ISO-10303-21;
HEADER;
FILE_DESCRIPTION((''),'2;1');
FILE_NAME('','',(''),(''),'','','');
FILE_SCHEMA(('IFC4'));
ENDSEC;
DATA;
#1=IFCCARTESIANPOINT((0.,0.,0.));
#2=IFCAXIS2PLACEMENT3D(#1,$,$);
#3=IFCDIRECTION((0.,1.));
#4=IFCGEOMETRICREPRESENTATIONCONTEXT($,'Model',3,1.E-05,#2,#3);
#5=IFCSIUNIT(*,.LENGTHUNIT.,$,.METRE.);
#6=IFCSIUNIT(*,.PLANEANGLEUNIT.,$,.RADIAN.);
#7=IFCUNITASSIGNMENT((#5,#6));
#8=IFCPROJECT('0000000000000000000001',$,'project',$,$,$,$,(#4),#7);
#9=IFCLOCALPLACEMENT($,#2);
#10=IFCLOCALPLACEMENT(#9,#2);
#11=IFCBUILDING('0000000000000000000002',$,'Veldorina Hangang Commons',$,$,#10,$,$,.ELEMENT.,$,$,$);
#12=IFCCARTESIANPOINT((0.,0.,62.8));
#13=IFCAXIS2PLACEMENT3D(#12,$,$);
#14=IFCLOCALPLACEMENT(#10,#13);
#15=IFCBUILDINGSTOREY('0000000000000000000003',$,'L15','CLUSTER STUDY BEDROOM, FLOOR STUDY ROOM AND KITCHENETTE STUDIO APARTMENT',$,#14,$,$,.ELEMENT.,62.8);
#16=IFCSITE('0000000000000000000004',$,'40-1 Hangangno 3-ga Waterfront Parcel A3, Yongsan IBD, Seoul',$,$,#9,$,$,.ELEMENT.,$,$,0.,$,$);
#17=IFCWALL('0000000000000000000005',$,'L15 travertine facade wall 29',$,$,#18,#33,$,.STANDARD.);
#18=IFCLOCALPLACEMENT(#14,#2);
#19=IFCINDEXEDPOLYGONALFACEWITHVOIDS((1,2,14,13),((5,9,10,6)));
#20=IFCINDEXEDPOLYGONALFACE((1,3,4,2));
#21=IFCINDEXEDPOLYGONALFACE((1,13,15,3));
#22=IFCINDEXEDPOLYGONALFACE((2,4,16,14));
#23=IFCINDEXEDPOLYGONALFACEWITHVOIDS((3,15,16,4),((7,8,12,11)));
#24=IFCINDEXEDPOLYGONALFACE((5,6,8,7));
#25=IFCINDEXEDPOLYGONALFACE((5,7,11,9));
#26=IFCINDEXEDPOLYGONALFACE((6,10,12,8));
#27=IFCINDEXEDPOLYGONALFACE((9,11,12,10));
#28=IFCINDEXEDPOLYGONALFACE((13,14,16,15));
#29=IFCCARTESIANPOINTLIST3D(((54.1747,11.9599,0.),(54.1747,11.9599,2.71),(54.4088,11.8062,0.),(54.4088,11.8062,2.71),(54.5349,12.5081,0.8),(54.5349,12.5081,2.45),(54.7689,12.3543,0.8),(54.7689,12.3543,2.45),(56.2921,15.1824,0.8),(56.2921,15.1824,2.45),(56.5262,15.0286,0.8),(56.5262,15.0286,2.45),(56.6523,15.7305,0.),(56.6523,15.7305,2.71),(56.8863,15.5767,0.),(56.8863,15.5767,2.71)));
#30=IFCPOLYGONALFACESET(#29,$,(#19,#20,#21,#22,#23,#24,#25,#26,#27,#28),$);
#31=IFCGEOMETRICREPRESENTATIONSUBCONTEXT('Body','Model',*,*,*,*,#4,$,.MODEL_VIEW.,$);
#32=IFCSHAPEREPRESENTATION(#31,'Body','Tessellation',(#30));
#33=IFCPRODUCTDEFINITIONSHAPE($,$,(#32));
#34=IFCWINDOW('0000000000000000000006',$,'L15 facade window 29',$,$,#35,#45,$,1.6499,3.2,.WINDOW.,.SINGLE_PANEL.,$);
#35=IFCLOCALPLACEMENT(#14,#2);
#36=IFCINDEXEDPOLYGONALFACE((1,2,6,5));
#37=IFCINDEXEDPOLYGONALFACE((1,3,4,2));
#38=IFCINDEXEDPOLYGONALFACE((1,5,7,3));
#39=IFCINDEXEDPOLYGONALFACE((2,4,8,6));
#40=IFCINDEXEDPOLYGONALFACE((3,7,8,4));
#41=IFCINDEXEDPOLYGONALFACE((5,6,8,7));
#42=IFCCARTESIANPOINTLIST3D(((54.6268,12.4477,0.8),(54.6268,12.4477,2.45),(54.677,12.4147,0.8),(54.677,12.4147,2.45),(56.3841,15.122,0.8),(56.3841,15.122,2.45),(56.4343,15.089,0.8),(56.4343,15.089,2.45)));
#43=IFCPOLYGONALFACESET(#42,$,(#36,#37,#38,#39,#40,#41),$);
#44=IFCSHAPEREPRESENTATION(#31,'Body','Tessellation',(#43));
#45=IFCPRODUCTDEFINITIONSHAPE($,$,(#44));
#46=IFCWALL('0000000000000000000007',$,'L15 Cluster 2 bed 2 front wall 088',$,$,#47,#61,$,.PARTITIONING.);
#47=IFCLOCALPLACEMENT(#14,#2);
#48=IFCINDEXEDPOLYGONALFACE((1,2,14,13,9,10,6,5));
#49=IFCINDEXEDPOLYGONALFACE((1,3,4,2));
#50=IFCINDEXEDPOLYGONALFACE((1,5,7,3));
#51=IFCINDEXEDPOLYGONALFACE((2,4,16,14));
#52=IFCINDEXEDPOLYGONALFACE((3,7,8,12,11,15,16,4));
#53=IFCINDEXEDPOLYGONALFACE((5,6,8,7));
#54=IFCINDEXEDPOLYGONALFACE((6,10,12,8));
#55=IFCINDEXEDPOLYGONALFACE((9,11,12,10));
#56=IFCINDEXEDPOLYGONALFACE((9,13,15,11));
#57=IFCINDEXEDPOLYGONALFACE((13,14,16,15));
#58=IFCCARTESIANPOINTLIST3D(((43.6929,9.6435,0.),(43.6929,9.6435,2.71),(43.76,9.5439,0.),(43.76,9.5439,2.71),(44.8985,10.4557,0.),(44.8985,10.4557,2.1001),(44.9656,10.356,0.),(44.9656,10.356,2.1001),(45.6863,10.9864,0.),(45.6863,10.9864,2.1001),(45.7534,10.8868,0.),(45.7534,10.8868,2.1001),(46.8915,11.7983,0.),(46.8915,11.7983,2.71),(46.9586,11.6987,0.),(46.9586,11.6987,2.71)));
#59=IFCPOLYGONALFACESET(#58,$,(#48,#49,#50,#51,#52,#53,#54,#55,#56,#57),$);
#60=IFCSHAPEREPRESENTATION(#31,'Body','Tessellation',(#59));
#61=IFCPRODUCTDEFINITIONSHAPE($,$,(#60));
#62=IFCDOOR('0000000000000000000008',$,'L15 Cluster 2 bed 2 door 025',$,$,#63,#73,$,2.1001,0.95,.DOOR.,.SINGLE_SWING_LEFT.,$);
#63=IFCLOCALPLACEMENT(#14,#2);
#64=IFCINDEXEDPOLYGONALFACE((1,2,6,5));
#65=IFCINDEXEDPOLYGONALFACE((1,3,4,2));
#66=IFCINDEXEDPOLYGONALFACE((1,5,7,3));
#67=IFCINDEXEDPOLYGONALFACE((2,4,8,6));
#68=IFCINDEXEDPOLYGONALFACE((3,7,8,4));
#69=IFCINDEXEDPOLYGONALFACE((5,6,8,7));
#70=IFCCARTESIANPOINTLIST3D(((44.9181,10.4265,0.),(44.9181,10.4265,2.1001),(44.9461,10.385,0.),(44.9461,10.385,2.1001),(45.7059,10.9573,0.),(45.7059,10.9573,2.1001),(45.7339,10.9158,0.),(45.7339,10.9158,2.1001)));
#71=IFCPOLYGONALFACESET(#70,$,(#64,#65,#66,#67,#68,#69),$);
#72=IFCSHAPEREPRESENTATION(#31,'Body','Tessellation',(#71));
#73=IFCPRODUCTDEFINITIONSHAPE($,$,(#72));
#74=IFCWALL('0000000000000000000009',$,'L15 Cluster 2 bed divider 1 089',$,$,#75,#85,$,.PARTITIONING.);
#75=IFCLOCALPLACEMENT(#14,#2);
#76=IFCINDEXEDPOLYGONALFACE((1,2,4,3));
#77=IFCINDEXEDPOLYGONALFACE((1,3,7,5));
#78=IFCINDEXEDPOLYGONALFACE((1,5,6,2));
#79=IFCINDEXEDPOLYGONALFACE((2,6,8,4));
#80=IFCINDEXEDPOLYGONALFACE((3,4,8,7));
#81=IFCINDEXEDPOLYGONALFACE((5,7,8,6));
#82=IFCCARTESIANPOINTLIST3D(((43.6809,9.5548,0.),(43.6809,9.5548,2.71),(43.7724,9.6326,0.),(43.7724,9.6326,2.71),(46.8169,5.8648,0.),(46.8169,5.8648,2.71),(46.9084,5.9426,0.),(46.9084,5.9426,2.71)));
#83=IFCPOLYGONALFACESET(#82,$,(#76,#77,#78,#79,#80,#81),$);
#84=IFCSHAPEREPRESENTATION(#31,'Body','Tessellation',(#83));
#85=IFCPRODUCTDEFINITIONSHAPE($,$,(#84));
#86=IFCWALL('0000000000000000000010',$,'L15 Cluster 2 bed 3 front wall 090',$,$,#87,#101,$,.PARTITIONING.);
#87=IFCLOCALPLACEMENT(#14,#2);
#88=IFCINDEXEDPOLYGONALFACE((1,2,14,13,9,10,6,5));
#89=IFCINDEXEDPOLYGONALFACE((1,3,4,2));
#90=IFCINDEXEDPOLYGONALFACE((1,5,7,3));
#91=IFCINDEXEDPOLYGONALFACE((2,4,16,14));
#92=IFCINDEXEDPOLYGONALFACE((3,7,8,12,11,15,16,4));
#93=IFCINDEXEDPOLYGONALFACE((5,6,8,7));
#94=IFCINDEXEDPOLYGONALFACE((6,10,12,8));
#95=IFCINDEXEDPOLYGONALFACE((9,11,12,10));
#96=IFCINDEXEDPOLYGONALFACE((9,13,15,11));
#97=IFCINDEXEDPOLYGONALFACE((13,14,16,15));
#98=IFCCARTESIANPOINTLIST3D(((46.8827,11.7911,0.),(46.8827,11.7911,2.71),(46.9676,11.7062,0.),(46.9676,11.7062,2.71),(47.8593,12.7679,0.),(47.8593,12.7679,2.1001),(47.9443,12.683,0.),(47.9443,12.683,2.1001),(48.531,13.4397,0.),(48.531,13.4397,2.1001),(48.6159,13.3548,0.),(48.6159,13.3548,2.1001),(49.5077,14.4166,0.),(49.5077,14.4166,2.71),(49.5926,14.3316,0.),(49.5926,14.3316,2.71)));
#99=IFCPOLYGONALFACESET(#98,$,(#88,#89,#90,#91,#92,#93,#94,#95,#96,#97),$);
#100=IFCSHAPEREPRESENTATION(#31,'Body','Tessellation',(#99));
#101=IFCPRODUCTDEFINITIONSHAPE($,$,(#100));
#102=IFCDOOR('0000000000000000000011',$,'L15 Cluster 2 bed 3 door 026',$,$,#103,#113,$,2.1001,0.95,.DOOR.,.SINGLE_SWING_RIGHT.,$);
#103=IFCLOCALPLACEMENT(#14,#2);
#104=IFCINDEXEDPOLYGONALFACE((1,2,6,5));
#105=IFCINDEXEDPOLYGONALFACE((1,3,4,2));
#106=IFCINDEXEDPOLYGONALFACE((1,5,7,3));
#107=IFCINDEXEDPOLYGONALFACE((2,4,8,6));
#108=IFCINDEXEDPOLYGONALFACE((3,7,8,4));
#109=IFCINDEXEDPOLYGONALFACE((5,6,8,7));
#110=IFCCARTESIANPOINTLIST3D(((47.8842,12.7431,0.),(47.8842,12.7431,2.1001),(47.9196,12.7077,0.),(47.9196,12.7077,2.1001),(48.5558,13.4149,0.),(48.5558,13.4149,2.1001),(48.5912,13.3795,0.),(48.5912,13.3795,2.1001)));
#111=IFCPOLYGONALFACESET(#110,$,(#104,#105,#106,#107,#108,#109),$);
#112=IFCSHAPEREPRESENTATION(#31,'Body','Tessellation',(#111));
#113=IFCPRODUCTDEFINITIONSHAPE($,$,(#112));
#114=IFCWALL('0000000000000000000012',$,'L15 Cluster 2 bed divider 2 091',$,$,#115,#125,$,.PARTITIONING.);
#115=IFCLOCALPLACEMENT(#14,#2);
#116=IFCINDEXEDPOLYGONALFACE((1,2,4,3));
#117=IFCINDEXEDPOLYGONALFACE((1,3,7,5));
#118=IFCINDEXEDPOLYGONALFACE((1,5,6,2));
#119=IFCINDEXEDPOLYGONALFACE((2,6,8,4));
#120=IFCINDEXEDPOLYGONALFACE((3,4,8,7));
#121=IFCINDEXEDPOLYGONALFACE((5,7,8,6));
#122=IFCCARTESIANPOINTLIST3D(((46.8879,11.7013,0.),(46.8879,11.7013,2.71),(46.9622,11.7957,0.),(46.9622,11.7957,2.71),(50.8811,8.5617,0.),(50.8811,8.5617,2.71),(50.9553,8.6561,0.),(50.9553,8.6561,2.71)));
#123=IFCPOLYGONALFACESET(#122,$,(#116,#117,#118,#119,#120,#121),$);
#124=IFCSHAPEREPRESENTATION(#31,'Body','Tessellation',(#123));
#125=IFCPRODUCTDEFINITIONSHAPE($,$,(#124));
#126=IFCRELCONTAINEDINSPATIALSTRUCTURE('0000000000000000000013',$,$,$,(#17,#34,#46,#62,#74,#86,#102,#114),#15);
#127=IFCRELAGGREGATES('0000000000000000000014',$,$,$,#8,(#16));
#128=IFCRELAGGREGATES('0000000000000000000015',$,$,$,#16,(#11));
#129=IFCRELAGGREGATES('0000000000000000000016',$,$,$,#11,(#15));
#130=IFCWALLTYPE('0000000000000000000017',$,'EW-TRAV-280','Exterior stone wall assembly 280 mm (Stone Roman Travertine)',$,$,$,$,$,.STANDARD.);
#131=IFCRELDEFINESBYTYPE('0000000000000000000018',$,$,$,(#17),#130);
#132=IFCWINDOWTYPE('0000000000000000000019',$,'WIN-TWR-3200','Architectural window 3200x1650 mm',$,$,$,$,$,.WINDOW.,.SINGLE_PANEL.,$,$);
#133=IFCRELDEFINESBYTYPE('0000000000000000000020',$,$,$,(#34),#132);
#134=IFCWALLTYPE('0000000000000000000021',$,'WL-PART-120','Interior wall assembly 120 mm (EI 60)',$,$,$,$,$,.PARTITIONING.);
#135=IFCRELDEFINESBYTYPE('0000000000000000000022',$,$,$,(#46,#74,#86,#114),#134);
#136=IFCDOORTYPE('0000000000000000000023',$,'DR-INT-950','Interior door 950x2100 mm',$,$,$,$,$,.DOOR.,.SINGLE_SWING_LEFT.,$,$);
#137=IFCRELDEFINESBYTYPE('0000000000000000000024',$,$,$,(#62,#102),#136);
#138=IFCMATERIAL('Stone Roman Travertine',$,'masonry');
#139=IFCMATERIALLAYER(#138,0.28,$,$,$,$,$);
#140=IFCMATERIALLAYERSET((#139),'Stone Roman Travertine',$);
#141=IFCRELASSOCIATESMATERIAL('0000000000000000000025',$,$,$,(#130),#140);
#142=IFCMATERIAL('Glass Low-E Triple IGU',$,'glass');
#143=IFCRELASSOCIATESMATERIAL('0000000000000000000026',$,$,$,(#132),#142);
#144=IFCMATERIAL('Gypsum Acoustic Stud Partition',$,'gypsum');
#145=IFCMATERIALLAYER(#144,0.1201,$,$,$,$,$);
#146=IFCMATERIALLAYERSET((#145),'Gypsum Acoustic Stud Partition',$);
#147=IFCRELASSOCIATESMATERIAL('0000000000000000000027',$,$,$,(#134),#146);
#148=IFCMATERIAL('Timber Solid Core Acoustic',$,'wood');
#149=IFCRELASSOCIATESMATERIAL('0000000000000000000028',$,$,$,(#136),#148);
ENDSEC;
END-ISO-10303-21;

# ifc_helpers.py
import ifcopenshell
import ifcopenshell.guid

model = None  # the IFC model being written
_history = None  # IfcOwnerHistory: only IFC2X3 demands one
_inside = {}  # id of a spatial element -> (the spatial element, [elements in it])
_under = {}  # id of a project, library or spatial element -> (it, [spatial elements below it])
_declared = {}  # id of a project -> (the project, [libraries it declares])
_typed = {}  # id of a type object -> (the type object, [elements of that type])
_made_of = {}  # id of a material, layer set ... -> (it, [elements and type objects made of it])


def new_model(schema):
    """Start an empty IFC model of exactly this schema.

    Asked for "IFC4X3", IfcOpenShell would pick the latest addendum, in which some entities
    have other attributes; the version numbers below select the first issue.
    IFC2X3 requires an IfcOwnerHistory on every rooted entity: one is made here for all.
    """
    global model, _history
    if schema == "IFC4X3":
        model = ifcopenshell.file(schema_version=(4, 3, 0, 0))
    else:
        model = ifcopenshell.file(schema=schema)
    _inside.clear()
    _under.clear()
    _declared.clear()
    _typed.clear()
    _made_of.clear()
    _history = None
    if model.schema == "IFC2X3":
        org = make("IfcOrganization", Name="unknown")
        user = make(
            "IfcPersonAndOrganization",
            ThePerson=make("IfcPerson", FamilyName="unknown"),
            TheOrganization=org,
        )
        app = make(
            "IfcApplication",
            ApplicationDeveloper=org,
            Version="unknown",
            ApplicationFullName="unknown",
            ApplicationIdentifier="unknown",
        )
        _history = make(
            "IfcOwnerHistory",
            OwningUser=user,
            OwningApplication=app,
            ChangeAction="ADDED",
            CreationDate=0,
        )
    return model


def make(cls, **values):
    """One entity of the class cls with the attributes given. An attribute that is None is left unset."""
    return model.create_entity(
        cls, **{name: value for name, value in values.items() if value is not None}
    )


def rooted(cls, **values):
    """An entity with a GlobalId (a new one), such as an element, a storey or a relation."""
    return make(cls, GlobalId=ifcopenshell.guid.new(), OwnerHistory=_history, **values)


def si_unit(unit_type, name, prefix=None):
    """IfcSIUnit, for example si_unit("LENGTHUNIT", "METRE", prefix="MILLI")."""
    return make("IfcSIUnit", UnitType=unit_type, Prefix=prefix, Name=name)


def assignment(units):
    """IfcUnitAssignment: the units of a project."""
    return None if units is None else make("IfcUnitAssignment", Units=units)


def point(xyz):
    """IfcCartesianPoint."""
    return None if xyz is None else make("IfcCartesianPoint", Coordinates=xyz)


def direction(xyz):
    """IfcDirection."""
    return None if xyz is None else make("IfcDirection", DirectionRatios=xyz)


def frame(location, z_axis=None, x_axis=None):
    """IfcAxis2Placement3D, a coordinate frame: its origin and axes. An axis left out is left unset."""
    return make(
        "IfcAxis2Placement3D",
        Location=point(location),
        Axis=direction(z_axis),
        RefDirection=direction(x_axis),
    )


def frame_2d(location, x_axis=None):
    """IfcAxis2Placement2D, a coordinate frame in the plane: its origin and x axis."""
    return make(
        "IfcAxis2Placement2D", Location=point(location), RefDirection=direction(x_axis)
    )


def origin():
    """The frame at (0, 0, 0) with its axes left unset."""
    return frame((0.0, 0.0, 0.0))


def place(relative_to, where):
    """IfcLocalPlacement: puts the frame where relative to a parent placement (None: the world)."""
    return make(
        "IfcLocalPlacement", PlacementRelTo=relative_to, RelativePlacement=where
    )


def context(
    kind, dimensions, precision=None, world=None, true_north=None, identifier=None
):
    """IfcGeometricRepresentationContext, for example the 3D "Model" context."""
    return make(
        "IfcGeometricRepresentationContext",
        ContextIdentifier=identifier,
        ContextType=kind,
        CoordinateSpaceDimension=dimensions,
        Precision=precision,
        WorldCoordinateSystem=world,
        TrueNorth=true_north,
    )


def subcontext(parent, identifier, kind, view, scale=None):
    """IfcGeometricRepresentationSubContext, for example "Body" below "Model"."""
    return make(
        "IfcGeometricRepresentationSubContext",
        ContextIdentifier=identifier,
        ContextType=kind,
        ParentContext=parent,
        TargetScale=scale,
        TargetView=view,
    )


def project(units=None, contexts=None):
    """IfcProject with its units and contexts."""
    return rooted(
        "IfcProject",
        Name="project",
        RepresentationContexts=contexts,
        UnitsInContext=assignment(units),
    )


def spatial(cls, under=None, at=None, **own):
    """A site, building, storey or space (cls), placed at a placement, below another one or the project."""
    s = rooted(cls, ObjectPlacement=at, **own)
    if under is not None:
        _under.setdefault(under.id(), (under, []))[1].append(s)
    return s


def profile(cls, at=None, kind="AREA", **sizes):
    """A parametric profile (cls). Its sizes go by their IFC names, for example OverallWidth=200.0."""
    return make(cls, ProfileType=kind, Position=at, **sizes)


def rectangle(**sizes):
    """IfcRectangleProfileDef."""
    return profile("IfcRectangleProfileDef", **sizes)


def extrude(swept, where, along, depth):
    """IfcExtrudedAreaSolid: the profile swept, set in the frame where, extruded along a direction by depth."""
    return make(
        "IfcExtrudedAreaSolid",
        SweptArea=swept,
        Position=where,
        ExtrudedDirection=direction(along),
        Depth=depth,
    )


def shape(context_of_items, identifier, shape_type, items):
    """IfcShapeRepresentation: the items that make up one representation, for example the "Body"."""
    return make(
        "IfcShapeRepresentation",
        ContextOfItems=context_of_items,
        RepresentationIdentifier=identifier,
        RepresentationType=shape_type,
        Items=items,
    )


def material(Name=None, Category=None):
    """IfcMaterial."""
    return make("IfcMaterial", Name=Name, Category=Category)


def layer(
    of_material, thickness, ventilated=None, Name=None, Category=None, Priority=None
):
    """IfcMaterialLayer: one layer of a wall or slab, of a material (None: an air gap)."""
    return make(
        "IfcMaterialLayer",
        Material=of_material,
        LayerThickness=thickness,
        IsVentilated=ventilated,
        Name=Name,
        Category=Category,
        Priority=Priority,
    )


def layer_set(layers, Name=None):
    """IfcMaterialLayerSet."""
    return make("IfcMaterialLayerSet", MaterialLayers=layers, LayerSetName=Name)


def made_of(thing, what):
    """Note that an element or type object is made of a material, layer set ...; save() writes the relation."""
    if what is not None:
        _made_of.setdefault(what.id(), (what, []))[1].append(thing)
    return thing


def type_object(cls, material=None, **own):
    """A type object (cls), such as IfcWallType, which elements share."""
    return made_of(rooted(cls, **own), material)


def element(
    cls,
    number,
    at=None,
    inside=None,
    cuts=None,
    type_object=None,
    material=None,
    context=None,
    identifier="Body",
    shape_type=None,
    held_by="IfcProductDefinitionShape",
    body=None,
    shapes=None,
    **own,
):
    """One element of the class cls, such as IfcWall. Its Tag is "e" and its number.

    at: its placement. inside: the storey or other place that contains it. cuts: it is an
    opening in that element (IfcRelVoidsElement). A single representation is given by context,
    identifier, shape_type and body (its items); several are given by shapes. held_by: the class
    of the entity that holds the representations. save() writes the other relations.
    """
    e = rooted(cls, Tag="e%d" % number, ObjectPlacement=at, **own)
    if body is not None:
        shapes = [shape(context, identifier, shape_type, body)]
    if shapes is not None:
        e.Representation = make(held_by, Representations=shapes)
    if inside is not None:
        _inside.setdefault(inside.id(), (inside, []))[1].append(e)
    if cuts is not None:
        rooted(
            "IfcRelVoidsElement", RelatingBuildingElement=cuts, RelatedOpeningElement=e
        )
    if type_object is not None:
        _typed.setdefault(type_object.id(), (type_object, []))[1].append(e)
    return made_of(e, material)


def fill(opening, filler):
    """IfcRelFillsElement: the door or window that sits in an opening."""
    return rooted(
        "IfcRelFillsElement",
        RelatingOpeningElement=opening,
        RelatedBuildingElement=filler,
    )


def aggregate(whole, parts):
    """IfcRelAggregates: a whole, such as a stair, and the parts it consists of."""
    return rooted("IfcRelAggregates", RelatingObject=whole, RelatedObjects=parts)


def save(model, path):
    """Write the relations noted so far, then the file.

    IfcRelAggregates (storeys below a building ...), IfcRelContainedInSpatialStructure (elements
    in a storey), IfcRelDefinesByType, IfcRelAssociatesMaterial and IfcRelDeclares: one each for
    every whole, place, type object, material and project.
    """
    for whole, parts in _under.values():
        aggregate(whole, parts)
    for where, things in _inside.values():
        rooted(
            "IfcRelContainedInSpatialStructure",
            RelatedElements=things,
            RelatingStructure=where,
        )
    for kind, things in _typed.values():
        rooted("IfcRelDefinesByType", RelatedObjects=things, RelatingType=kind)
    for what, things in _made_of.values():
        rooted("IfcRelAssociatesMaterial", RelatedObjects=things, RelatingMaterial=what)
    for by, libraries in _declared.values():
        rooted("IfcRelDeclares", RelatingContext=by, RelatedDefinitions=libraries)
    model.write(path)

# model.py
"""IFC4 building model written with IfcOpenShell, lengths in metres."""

from ifc_helpers import new_model, si_unit, direction, frame, frame_2d, origin, place, context, subcontext, project, spatial, rectangle, extrude, material, layer, layer_set, type_object, element, fill, save


model = new_model("IFC4")

# Units and contexts
model_context = context("Model", 3, precision=1e-05, world=origin(), true_north=direction((0.0, 1.0)))
body_context = subcontext(model_context, "Body", "Model", "MODEL_VIEW")
ifc_project = project(units=[si_unit("LENGTHUNIT", "METRE"), si_unit("PLANEANGLEUNIT", "RADIAN")], contexts=[model_context])

# Site, building, storey
site_placement = place(None, origin())
site = spatial("IfcSite", under=ifc_project, at=site_placement, Name="40-1 Hangangno 3-ga Waterfront Parcel A3, Yongsan IBD, Seoul", CompositionType="ELEMENT", RefElevation=0.0)
building_placement = place(site_placement, origin())
building = spatial("IfcBuilding", under=site, at=building_placement, Name="Veldorina Hangang Commons", CompositionType="ELEMENT")
storey_placement = place(building_placement, frame((0.0, 0.0, 62.8)))
storey = spatial("IfcBuildingStorey", under=building, at=storey_placement, Name="L15", Description="CLUSTER STUDY BEDROOM, FLOOR STUDY ROOM AND KITCHENETTE STUDIO APARTMENT", CompositionType="ELEMENT", Elevation=62.8)

# Shared definitions
ifc_material_1 = material(Name="Glass Low-E Triple IGU", Category="glass")

# Shared definitions
ifc_material_2 = material(Name="Stone Roman Travertine", Category="masonry")

# Wall, opening, window
ifc_layer_1 = layer(ifc_material_2, 0.28)
ifc_layer_set_1 = layer_set([ifc_layer_1], Name="Stone Roman Travertine")
wall_type_1 = type_object("IfcWallType", Name="EW-TRAV-280", Description="Exterior stone wall assembly 280 mm (Stone Roman Travertine)", PredefinedType="STANDARD", material=ifc_layer_set_1)
window_type = type_object("IfcWindowType", Name="WIN-TWR-3200", Description="Architectural window 3200x1650 mm", PartitioningType="SINGLE_PANEL", PredefinedType="WINDOW", material=ifc_material_1)
wall_1_placement = place(storey_placement, frame((54.2917, 11.8831, 0.0), z_axis=(0.0, 0.0, 1.0), x_axis=(0.549143, 0.835728, 0.0)))
wall_1 = element("IfcWall", 1, at=wall_1_placement, inside=storey, type_object=wall_type_1, Name="L15 travertine facade wall 29", PredefinedType="STANDARD", context=body_context, shape_type="SweptSolid", body=[
    extrude(rectangle(XDim=4.5117, YDim=0.28, at=frame_2d((2.2559, 0.0))), origin(), (0.0, 0.0, 1.0), 2.71),
])
opening_1_placement = place(wall_1_placement, frame((0.6558, 0.0, 0.8)))
opening_1 = element("IfcOpeningElement", 2, at=opening_1_placement, cuts=wall_1, PredefinedType="OPENING", context=body_context, shape_type="SweptSolid", body=[
    extrude(rectangle(XDim=3.2, YDim=1.6499, at=frame_2d((1.6001, 0.825))), frame((0.0, 0.1499, 0.0), z_axis=(0.0, -1.0, 0.0), x_axis=(1.0, 0.0, 0.0)), (0.0, 0.0, 1.0), 0.3),
])
window_1_placement = place(opening_1_placement, origin())
window_1 = element("IfcWindow", 3, at=window_1_placement, inside=storey, type_object=window_type, Name="L15 facade window 29", OverallHeight=1.6499, OverallWidth=3.2, PartitioningType="SINGLE_PANEL", PredefinedType="WINDOW", context=body_context, shape_type="SweptSolid", body=[
    extrude(rectangle(XDim=3.2, YDim=1.6499, at=frame_2d((1.6001, 0.825))), frame((0.0, 0.03, 0.0), z_axis=(0.0, -1.0, 0.0), x_axis=(1.0, 0.0, 0.0)), (0.0, 0.0, 1.0), 0.0601),
])
fill(opening_1, window_1)

# Wall, opening, door
ifc_material_3 = material(Name="Gypsum Acoustic Stud Partition", Category="gypsum")
ifc_layer_2 = layer(ifc_material_3, 0.1201)
ifc_layer_set_2 = layer_set([ifc_layer_2], Name="Gypsum Acoustic Stud Partition")
wall_type_2 = type_object("IfcWallType", Name="WL-PART-120", Description="Interior wall assembly 120 mm (EI 60)", PredefinedType="PARTITIONING", material=ifc_layer_set_2)
wall_2_placement = place(storey_placement, frame((43.7266, 9.5938, 0.0), z_axis=(0.0, 0.0, 1.0), x_axis=(0.829353, 0.558726, 0.0)))
wall_2 = element("IfcWall", 4, at=wall_2_placement, inside=storey, type_object=wall_type_2, Name="L15 Cluster 2 bed 2 front wall 088", PredefinedType="PARTITIONING", context=body_context, shape_type="SweptSolid", body=[
    extrude(rectangle(XDim=3.8567, YDim=0.1201, at=frame_2d((1.9282, 0.0))), origin(), (0.0, 0.0, 1.0), 2.71),
])
opening_2_placement = place(wall_2_placement, frame((1.4534, 0.0, 0.0)))
opening_2 = element("IfcOpeningElement", 5, at=opening_2_placement, cuts=wall_2, PredefinedType="OPENING", context=body_context, shape_type="SweptSolid", body=[
    extrude(rectangle(XDim=0.95, YDim=2.1001, at=frame_2d((0.4751, 1.05))), frame((0.0, 0.0701, 0.0), z_axis=(0.0, -1.0, 0.0), x_axis=(1.0, 0.0, 0.0)), (0.0, 0.0, 1.0), 0.1401),
])
ifc_material_4 = material(Name="Timber Solid Core Acoustic", Category="wood")
door_type_1 = type_object("IfcDoorType", Name="DR-INT-950", Description="Interior door 950x2100 mm", OperationType="SINGLE_SWING_LEFT", PredefinedType="DOOR", material=ifc_material_4)
door_1_placement = place(opening_2_placement, origin())
door_1 = element("IfcDoor", 6, at=door_1_placement, inside=storey, type_object=door_type_1, Name="L15 Cluster 2 bed 2 door 025", OperationType="SINGLE_SWING_LEFT", OverallHeight=2.1001, OverallWidth=0.95, PredefinedType="DOOR", context=body_context, shape_type="SweptSolid", body=[
    extrude(rectangle(XDim=0.95, YDim=2.1001, at=frame_2d((0.4751, 1.05))), frame((0.0, 0.0249, 0.0), z_axis=(0.0, -1.0, 0.0), x_axis=(1.0, 0.0, 0.0)), (0.0, 0.0, 1.0), 0.05),
])
fill(opening_2, door_1)

# Wall
wall_3_placement = place(storey_placement, frame((43.7266, 9.5938, 0.0), z_axis=(0.0, 0.0, 1.0), x_axis=(0.647593, -0.761987, 0.0)))
element("IfcWall", 7, at=wall_3_placement, inside=storey, type_object=wall_type_2, Name="L15 Cluster 2 bed divider 1 089", PredefinedType="PARTITIONING", context=body_context, shape_type="SweptSolid", body=[
    extrude(rectangle(XDim=4.8425, YDim=0.1201, at=frame_2d((2.4214, 0.0))), origin(), (0.0, 0.0, 1.0), 2.71),
])

# Wall, opening, door
wall_4_placement = place(storey_placement, frame((46.925, 11.7485, 0.0), z_axis=(0.0, 0.0, 1.0), x_axis=(0.707041, 0.707173, 0.0)))
wall_4 = element("IfcWall", 8, at=wall_4_placement, inside=storey, type_object=wall_type_2, Name="L15 Cluster 2 bed 3 front wall 090", PredefinedType="PARTITIONING", context=body_context, shape_type="SweptSolid", body=[
    extrude(rectangle(XDim=3.7126, YDim=0.1201, at=frame_2d((1.8564, 0.0))), origin(), (0.0, 0.0, 1.0), 2.71),
])
opening_3_placement = place(wall_4_placement, frame((1.3813, 0.0, 0.0)))
opening_3 = element("IfcOpeningElement", 9, at=opening_3_placement, cuts=wall_4, PredefinedType="OPENING", context=body_context, shape_type="SweptSolid", body=[
    extrude(rectangle(XDim=0.95, YDim=2.1001, at=frame_2d((0.4751, 1.05))), frame((0.0, 0.0701, 0.0), z_axis=(0.0, -1.0, 0.0), x_axis=(1.0, 0.0, 0.0)), (0.0, 0.0, 1.0), 0.1401),
])
door_2_placement = place(opening_3_placement, origin())
door_2 = element("IfcDoor", 10, at=door_2_placement, inside=storey, type_object=door_type_1, Name="L15 Cluster 2 bed 3 door 026", OperationType="SINGLE_SWING_RIGHT", OverallHeight=2.1001, OverallWidth=0.95, PredefinedType="DOOR", context=body_context, shape_type="SweptSolid", body=[
    extrude(rectangle(XDim=0.95, YDim=2.1001, at=frame_2d((0.4751, 1.05))), frame((0.0, 0.0249, 0.0), z_axis=(0.0, -1.0, 0.0), x_axis=(1.0, 0.0, 0.0)), (0.0, 0.0, 1.0), 0.05),
])
fill(opening_3, door_2)

# Wall
wall_5_placement = place(storey_placement, frame((46.925, 11.7485, 0.0), z_axis=(0.0, 0.0, 1.0), x_axis=(0.786111, -0.618085, 0.0)))
element("IfcWall", 11, at=wall_5_placement, inside=storey, type_object=wall_type_2, Name="L15 Cluster 2 bed divider 2 091", PredefinedType="PARTITIONING", context=body_context, shape_type="SweptSolid", body=[
    extrude(rectangle(XDim=5.0796, YDim=0.1201, at=frame_2d((2.5398, 0.0))), origin(), (0.0, 0.0, 1.0), 2.71),
])

save(model, "model.ifc")
